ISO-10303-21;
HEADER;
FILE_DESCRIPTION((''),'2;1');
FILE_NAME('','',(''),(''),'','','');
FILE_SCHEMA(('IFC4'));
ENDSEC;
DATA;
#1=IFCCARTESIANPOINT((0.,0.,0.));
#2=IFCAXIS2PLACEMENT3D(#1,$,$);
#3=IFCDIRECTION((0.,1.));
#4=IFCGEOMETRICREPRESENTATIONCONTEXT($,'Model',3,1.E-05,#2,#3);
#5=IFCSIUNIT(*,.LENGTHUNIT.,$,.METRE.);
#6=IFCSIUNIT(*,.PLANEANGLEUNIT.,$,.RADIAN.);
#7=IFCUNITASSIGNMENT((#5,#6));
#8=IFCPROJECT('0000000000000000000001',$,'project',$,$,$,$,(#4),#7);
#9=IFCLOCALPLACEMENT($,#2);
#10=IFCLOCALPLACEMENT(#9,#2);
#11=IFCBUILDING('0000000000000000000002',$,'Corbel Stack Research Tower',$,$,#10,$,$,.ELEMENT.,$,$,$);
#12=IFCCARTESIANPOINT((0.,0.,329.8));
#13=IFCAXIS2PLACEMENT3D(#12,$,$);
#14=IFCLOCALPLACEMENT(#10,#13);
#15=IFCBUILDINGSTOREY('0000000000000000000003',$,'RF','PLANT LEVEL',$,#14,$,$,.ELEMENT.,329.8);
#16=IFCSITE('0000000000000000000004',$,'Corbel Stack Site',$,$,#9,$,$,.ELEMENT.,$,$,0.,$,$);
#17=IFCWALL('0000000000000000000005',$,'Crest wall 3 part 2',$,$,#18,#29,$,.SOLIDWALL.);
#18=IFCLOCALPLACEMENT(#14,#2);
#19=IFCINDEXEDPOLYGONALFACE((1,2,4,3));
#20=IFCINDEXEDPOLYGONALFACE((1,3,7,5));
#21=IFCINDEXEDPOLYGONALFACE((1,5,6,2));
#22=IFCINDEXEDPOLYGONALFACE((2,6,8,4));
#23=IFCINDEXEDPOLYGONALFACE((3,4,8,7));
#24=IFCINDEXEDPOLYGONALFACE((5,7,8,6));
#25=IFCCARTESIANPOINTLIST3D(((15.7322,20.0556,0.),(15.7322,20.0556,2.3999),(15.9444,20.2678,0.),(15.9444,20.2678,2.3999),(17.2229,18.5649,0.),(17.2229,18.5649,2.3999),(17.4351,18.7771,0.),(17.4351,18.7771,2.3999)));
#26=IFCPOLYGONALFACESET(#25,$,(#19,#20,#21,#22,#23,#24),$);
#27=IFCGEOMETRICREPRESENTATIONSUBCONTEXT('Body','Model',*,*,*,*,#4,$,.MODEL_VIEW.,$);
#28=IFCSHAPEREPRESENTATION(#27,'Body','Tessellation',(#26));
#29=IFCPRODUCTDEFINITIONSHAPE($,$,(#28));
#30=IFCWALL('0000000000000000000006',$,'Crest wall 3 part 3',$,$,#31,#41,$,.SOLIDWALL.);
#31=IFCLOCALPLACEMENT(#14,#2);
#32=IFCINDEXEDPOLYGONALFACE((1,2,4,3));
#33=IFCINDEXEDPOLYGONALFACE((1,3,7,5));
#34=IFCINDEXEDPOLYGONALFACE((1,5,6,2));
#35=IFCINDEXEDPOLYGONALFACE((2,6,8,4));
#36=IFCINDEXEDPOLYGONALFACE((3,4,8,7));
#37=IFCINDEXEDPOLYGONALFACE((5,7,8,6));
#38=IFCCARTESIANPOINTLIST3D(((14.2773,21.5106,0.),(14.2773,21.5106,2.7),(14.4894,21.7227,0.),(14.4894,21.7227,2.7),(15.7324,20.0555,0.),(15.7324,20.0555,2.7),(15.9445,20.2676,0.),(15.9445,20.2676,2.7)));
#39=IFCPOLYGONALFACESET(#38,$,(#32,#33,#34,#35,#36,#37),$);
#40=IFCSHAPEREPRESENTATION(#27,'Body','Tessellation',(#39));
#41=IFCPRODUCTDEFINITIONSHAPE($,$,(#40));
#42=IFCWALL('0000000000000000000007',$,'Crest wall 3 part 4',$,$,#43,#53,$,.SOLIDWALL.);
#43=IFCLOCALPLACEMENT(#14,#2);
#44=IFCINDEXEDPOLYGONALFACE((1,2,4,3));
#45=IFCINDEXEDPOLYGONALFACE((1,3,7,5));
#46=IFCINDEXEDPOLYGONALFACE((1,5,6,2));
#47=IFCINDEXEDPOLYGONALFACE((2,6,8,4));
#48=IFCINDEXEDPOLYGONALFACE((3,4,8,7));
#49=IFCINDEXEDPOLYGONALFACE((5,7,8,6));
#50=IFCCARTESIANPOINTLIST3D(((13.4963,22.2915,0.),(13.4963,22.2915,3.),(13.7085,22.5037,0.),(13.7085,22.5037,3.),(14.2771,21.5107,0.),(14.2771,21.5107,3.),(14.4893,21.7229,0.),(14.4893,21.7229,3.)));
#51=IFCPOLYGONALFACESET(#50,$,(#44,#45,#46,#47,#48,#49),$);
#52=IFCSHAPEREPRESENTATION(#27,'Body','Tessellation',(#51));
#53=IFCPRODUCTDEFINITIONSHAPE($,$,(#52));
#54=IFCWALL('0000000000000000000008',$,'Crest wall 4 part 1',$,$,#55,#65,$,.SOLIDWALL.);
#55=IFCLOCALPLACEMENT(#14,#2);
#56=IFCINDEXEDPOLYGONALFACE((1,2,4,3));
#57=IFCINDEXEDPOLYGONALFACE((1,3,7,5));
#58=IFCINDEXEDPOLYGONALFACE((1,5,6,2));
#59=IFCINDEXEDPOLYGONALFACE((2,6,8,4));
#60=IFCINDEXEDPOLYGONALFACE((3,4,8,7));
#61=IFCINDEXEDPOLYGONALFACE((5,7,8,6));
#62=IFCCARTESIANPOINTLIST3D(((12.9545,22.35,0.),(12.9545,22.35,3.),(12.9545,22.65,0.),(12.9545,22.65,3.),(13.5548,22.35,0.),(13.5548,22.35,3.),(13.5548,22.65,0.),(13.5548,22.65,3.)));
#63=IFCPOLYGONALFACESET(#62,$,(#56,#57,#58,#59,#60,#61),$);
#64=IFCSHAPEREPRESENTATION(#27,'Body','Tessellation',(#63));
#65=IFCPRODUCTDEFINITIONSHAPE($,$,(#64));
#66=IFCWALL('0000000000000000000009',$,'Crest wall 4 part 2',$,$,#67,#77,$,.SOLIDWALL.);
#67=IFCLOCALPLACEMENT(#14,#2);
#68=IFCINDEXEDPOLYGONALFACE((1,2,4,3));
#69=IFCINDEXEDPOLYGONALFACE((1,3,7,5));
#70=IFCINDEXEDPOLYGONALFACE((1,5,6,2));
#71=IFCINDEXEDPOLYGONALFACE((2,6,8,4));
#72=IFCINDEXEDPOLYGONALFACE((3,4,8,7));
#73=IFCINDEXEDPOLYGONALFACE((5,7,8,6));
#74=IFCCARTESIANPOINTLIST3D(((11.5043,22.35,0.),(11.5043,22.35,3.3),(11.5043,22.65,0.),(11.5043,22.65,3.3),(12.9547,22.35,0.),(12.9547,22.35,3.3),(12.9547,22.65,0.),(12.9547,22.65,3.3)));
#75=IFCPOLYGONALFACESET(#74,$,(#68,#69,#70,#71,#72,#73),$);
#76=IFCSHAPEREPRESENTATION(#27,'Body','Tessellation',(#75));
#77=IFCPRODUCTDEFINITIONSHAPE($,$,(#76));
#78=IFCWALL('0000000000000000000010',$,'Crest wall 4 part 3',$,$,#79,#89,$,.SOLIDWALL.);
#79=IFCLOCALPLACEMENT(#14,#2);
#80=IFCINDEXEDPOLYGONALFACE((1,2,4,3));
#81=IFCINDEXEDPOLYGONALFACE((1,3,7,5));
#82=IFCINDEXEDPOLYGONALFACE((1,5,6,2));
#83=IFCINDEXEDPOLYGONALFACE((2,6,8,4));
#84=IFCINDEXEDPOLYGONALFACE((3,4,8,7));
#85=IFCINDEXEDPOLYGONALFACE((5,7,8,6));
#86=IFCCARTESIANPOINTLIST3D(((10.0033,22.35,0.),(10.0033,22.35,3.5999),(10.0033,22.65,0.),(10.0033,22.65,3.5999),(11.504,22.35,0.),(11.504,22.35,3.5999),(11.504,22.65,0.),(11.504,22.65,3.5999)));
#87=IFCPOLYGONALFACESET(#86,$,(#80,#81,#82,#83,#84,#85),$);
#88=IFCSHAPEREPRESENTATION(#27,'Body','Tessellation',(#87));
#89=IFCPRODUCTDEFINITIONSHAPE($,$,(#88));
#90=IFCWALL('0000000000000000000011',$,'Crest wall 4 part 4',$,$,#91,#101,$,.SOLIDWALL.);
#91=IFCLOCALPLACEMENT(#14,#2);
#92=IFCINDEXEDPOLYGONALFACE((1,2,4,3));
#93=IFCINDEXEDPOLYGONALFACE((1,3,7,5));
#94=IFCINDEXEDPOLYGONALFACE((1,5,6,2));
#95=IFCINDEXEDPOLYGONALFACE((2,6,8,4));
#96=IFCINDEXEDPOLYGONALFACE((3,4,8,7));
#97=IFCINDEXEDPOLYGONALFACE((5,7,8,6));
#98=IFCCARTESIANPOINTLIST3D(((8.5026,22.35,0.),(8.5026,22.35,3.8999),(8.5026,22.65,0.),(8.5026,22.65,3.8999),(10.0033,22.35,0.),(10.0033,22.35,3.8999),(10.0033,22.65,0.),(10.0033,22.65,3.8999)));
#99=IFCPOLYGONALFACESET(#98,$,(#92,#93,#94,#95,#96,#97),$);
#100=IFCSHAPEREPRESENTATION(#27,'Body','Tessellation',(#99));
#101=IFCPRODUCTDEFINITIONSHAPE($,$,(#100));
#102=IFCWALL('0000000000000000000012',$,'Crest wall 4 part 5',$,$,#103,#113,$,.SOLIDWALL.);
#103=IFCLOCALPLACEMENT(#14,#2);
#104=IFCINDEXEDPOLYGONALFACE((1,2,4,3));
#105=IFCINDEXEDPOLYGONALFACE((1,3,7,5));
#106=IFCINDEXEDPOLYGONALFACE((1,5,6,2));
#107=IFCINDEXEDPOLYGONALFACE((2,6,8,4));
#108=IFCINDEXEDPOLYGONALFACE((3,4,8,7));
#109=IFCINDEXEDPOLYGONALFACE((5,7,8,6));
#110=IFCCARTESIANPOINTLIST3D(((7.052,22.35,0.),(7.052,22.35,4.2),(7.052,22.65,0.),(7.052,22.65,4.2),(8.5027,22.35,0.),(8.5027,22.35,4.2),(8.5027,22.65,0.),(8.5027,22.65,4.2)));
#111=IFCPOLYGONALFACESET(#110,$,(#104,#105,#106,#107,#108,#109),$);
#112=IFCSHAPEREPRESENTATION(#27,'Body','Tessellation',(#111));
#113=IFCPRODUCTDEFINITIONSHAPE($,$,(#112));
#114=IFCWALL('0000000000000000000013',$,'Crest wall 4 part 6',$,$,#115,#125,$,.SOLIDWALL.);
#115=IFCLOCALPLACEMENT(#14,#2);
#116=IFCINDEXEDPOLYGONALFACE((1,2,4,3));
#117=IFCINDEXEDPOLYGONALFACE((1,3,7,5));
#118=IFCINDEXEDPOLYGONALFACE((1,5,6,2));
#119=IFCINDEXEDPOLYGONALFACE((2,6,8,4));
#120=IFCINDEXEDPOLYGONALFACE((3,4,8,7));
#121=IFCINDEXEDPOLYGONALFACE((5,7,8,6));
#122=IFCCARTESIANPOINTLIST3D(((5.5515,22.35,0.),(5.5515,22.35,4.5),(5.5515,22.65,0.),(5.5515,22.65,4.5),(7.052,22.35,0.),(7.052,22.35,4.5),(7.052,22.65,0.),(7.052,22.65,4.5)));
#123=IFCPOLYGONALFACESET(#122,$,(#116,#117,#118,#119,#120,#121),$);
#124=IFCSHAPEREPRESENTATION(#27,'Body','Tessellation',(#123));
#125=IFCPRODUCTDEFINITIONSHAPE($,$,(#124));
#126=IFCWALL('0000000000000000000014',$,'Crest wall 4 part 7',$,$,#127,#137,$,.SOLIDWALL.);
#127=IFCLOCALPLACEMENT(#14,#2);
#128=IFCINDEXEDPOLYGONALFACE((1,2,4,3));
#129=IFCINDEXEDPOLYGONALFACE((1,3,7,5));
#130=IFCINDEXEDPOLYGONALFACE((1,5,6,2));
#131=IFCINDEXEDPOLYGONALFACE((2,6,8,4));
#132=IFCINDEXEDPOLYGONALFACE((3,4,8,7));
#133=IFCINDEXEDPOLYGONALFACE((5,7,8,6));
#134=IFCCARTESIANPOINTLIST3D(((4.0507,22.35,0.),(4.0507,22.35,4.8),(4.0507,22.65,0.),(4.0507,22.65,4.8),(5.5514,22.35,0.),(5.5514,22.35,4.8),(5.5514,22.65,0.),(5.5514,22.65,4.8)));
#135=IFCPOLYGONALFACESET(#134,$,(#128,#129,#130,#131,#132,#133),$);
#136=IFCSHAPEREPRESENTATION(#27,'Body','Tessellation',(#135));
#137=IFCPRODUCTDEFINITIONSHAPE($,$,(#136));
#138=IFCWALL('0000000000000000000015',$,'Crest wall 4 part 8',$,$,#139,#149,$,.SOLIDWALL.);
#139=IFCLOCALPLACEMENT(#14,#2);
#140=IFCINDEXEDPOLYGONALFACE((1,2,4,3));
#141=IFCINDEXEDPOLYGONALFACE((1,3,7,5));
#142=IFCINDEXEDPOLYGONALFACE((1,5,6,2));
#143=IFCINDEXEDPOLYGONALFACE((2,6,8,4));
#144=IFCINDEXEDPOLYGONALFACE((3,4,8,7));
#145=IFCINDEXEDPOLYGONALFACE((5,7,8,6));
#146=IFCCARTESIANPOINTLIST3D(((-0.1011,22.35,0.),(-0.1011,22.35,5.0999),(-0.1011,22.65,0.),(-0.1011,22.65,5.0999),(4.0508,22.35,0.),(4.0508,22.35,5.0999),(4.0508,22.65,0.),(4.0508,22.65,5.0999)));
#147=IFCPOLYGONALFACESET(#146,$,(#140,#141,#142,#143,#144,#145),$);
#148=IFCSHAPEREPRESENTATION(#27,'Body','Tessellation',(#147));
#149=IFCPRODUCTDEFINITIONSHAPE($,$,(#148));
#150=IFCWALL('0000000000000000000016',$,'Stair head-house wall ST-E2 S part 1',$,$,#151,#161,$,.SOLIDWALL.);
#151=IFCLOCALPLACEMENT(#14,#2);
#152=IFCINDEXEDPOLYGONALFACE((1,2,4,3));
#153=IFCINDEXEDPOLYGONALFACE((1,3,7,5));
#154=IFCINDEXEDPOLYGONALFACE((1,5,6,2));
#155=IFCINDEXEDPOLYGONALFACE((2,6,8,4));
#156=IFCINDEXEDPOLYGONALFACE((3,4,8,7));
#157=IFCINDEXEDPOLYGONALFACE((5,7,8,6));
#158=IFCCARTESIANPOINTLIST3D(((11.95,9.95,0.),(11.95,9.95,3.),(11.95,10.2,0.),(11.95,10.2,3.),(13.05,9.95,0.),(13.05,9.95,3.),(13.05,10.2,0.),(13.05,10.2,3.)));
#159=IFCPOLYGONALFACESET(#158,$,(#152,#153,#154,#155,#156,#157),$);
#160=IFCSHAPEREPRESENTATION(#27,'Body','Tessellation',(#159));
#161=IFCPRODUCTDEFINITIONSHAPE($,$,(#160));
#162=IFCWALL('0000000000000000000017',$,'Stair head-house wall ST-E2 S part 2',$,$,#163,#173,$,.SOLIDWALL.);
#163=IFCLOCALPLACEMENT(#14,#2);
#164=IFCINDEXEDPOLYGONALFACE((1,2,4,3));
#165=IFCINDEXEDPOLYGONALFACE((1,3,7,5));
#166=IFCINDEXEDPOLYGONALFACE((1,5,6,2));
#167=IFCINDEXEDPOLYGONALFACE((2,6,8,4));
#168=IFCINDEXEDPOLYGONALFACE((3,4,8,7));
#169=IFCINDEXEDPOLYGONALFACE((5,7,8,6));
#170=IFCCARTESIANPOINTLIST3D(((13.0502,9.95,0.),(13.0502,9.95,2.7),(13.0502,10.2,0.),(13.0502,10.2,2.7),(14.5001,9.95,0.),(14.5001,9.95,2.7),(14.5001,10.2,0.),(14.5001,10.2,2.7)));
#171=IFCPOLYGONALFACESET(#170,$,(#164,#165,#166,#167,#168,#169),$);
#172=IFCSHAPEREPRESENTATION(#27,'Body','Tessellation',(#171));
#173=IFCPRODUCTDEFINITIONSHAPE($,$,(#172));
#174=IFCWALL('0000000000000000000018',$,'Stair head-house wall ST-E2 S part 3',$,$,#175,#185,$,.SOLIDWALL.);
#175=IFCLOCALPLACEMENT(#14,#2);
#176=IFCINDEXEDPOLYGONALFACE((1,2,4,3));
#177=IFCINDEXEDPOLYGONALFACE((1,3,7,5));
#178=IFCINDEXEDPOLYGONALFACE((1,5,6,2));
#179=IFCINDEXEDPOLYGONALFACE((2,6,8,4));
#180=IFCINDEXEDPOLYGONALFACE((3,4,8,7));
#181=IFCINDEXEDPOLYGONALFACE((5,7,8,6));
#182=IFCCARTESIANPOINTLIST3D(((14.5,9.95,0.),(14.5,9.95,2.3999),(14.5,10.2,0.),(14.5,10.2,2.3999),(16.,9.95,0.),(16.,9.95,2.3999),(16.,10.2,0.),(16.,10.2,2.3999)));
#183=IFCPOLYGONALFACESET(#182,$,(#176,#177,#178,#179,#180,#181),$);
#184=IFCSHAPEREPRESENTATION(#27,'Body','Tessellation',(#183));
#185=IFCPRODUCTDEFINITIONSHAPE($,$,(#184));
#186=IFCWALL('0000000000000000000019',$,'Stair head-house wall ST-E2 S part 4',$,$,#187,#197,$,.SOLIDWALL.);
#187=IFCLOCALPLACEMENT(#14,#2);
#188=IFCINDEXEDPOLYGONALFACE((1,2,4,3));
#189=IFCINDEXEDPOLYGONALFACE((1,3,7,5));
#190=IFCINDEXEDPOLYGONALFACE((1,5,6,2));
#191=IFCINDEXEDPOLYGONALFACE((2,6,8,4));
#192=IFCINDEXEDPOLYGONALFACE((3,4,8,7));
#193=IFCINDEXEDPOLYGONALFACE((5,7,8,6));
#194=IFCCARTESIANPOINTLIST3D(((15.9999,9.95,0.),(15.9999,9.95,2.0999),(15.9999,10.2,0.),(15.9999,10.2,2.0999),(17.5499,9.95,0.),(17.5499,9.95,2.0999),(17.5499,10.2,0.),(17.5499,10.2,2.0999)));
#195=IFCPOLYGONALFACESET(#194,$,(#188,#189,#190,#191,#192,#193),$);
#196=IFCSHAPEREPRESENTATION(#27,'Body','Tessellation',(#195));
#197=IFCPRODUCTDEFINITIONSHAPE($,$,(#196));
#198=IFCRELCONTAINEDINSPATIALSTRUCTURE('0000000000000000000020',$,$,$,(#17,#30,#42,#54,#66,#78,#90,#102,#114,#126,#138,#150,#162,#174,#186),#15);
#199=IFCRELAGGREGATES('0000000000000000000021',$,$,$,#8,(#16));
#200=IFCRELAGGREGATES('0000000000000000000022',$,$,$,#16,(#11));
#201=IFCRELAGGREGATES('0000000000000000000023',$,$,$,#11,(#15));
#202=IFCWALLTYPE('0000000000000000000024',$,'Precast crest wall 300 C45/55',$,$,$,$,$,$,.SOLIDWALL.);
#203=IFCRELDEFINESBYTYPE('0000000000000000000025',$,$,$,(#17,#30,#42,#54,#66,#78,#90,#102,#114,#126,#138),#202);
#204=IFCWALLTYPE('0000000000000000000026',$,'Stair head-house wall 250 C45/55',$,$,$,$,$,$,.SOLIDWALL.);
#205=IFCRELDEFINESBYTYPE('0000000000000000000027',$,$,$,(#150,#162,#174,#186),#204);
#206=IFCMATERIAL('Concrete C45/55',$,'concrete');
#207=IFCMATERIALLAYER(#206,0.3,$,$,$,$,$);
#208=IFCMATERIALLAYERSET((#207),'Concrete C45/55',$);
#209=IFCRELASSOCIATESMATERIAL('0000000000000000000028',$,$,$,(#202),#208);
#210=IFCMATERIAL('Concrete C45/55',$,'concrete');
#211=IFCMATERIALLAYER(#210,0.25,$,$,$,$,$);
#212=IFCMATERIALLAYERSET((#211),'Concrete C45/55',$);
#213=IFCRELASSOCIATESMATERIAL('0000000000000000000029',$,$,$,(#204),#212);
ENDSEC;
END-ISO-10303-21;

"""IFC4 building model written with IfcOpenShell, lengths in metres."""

from ifc_helpers import new_model, si_unit, direction, frame, frame_2d, origin, place, context, subcontext, project, spatial, rectangle, extrude, material, layer, layer_set, type_object, element, save


model = new_model("IFC4")

# Units and contexts
model_context = context("Model", 3, precision=1e-05, world=origin(), true_north=direction((0.0, 1.0)))
body_context = subcontext(model_context, "Body", "Model", "MODEL_VIEW")
ifc_project = project(units=[si_unit("LENGTHUNIT", "METRE"), si_unit("PLANEANGLEUNIT", "RADIAN")], contexts=[model_context])

# Site, building, storey
site_placement = place(None, origin())
site = spatial("IfcSite", under=ifc_project, at=site_placement, Name="Corbel Stack Site", CompositionType="ELEMENT", RefElevation=0.0)
building_placement = place(site_placement, origin())
building = spatial("IfcBuilding", under=site, at=building_placement, Name="Corbel Stack Research Tower", CompositionType="ELEMENT")
storey_placement = place(building_placement, frame((0.0, 0.0, 329.8)))
storey = spatial("IfcBuildingStorey", under=building, at=storey_placement, Name="RF", Description="PLANT LEVEL", CompositionType="ELEMENT", Elevation=329.8)

# Walls
ifc_material_1 = material(Name="Concrete C45/55", Category="concrete")
ifc_layer_1 = layer(ifc_material_1, 0.3)
ifc_layer_set_1 = layer_set([ifc_layer_1], Name="Concrete C45/55")
wall_type_1 = type_object("IfcWallType", Name="Precast crest wall 300 C45/55", PredefinedType="SOLIDWALL", material=ifc_layer_set_1)
wall_1_placement = place(storey_placement, frame((17.3291, 18.6709, 0.0), z_axis=(0.0, 0.0, 1.0), x_axis=(-0.707107, 0.707107, 0.0)))
element("IfcWall", 1, at=wall_1_placement, inside=storey, type_object=wall_type_1, Name="Crest wall 3 part 2", PredefinedType="SOLIDWALL", context=body_context, shape_type="SweptSolid", body=[
    extrude(rectangle(XDim=2.1082, YDim=0.3, at=frame_2d((1.0542, 0.0))), origin(), (0.0, 0.0, 1.0), 2.3999),
])
wall_2_placement = place(storey_placement, frame((15.8384, 20.1616, 0.0), z_axis=(0.0, 0.0, 1.0), x_axis=(-0.707107, 0.707107, 0.0)))
element("IfcWall", 2, at=wall_2_placement, inside=storey, type_object=wall_type_1, Name="Crest wall 3 part 3", PredefinedType="SOLIDWALL", context=body_context, shape_type="SweptSolid", body=[
    extrude(rectangle(XDim=2.0579, YDim=0.3, at=frame_2d((1.0288, 0.0))), origin(), (0.0, 0.0, 1.0), 2.7),
])
wall_3_placement = place(storey_placement, frame((14.3833, 21.6167, 0.0), z_axis=(0.0, 0.0, 1.0), x_axis=(-0.707107, 0.707107, 0.0)))
element("IfcWall", 3, at=wall_3_placement, inside=storey, type_object=wall_type_1, Name="Crest wall 3 part 4", PredefinedType="SOLIDWALL", context=body_context, shape_type="SweptSolid", body=[
    extrude(rectangle(XDim=1.1042, YDim=0.3, at=frame_2d((0.5522, 0.0))), origin(), (0.0, 0.0, 1.0), 3.0),
])
wall_4_placement = place(storey_placement, frame((13.5549, 22.5, 0.0), z_axis=(0.0, 0.0, 1.0), x_axis=(-1.0, 0.0, 0.0)))
element("IfcWall", 4, at=wall_4_placement, inside=storey, type_object=wall_type_1, Name="Crest wall 4 part 1", PredefinedType="SOLIDWALL", context=body_context, shape_type="SweptSolid", body=[
    extrude(rectangle(XDim=0.6003, YDim=0.3, at=frame_2d((0.3003, 0.0))), origin(), (0.0, 0.0, 1.0), 3.0),
])
wall_5_placement = place(storey_placement, frame((12.9546, 22.5, 0.0), z_axis=(0.0, 0.0, 1.0), x_axis=(-1.0, 0.0, 0.0)))
element("IfcWall", 5, at=wall_5_placement, inside=storey, type_object=wall_type_1, Name="Crest wall 4 part 2", PredefinedType="SOLIDWALL", context=body_context, shape_type="SweptSolid", body=[
    extrude(rectangle(XDim=1.4504, YDim=0.3, at=frame_2d((0.7251, 0.0))), origin(), (0.0, 0.0, 1.0), 3.3),
])
wall_6_placement = place(storey_placement, frame((11.5042, 22.5, 0.0), z_axis=(0.0, 0.0, 1.0), x_axis=(-1.0, 0.0, 0.0)))
element("IfcWall", 6, at=wall_6_placement, inside=storey, type_object=wall_type_1, Name="Crest wall 4 part 3", PredefinedType="SOLIDWALL", context=body_context, shape_type="SweptSolid", body=[
    extrude(rectangle(XDim=1.5007, YDim=0.3, at=frame_2d((0.7505, 0.0))), origin(), (0.0, 0.0, 1.0), 3.5999),
])
wall_7_placement = place(storey_placement, frame((10.0034, 22.5, 0.0), z_axis=(0.0, 0.0, 1.0), x_axis=(-1.0, 0.0, 0.0)))
element("IfcWall", 7, at=wall_7_placement, inside=storey, type_object=wall_type_1, Name="Crest wall 4 part 4", PredefinedType="SOLIDWALL", context=body_context, shape_type="SweptSolid", body=[
    extrude(rectangle(XDim=1.5007, YDim=0.3, at=frame_2d((0.7505, 0.0))), origin(), (0.0, 0.0, 1.0), 3.8999),
])
wall_8_placement = place(storey_placement, frame((8.5027, 22.5, 0.0), z_axis=(0.0, 0.0, 1.0), x_axis=(-1.0, 0.0, 0.0)))
element("IfcWall", 8, at=wall_8_placement, inside=storey, type_object=wall_type_1, Name="Crest wall 4 part 5", PredefinedType="SOLIDWALL", context=body_context, shape_type="SweptSolid", body=[
    extrude(rectangle(XDim=1.4507, YDim=0.3, at=frame_2d((0.7253, 0.0))), origin(), (0.0, 0.0, 1.0), 4.2),
])
wall_9_placement = place(storey_placement, frame((7.052, 22.5, 0.0), z_axis=(0.0, 0.0, 1.0), x_axis=(-1.0, 0.0, 0.0)))
element("IfcWall", 9, at=wall_9_placement, inside=storey, type_object=wall_type_1, Name="Crest wall 4 part 6", PredefinedType="SOLIDWALL", context=body_context, shape_type="SweptSolid", body=[
    extrude(rectangle(XDim=1.5005, YDim=0.3, at=frame_2d((0.7502, 0.0))), origin(), (0.0, 0.0, 1.0), 4.5),
])
wall_10_placement = place(storey_placement, frame((5.5515, 22.5, 0.0), z_axis=(0.0, 0.0, 1.0), x_axis=(-1.0, 0.0, 0.0)))
element("IfcWall", 10, at=wall_10_placement, inside=storey, type_object=wall_type_1, Name="Crest wall 4 part 7", PredefinedType="SOLIDWALL", context=body_context, shape_type="SweptSolid", body=[
    extrude(rectangle(XDim=1.5007, YDim=0.3, at=frame_2d((0.7505, 0.0))), origin(), (0.0, 0.0, 1.0), 4.8),
])
wall_11_placement = place(storey_placement, frame((4.0508, 22.5, 0.0), z_axis=(0.0, 0.0, 1.0), x_axis=(-1.0, 0.0, 0.0)))
element("IfcWall", 11, at=wall_11_placement, inside=storey, type_object=wall_type_1, Name="Crest wall 4 part 8", PredefinedType="SOLIDWALL", context=body_context, shape_type="SweptSolid", body=[
    extrude(rectangle(XDim=4.1519, YDim=0.3, at=frame_2d((2.0759, 0.0))), origin(), (0.0, 0.0, 1.0), 5.0999),
])
ifc_material_2 = material(Name="Concrete C45/55", Category="concrete")
ifc_layer_2 = layer(ifc_material_2, 0.25)
ifc_layer_set_2 = layer_set([ifc_layer_2], Name="Concrete C45/55")
wall_type_2 = type_object("IfcWallType", Name="Stair head-house wall 250 C45/55", PredefinedType="SOLIDWALL", material=ifc_layer_set_2)
wall_12_placement = place(storey_placement, frame((11.95, 10.075, 0.0), z_axis=(0.0, 0.0, 1.0), x_axis=(1.0, 0.0, 0.0)))
element("IfcWall", 12, at=wall_12_placement, inside=storey, type_object=wall_type_2, Name="Stair head-house wall ST-E2 S part 1", PredefinedType="SOLIDWALL", context=body_context, shape_type="SweptSolid", body=[
    extrude(rectangle(XDim=1.1001, YDim=0.25, at=frame_2d((0.55, 0.0))), origin(), (0.0, 0.0, 1.0), 3.0),
])
wall_13_placement = place(storey_placement, frame((13.05, 10.075, 0.0), z_axis=(0.0, 0.0, 1.0), x_axis=(1.0, 0.0, 0.0)))
element("IfcWall", 13, at=wall_13_placement, inside=storey, type_object=wall_type_2, Name="Stair head-house wall ST-E2 S part 2", PredefinedType="SOLIDWALL", context=body_context, shape_type="SweptSolid", body=[
    extrude(rectangle(XDim=1.45, YDim=0.25, at=frame_2d((0.7251, 0.0))), origin(), (0.0, 0.0, 1.0), 2.7),
])
wall_14_placement = place(storey_placement, frame((14.5, 10.075, 0.0), z_axis=(0.0, 0.0, 1.0), x_axis=(1.0, 0.0, 0.0)))
element("IfcWall", 14, at=wall_14_placement, inside=storey, type_object=wall_type_2, Name="Stair head-house wall ST-E2 S part 3", PredefinedType="SOLIDWALL", context=body_context, shape_type="SweptSolid", body=[
    extrude(rectangle(XDim=1.5, YDim=0.25, at=frame_2d((0.75, 0.0))), origin(), (0.0, 0.0, 1.0), 2.3999),
])
wall_15_placement = place(storey_placement, frame((16.0, 10.075, 0.0), z_axis=(0.0, 0.0, 1.0), x_axis=(1.0, 0.0, 0.0)))
element("IfcWall", 15, at=wall_15_placement, inside=storey, type_object=wall_type_2, Name="Stair head-house wall ST-E2 S part 4", PredefinedType="SOLIDWALL", context=body_context, shape_type="SweptSolid", body=[
    extrude(rectangle(XDim=1.55, YDim=0.25, at=frame_2d((0.7749, 0.0))), origin(), (0.0, 0.0, 1.0), 2.0999),
])

save(model, "model.ifc")
